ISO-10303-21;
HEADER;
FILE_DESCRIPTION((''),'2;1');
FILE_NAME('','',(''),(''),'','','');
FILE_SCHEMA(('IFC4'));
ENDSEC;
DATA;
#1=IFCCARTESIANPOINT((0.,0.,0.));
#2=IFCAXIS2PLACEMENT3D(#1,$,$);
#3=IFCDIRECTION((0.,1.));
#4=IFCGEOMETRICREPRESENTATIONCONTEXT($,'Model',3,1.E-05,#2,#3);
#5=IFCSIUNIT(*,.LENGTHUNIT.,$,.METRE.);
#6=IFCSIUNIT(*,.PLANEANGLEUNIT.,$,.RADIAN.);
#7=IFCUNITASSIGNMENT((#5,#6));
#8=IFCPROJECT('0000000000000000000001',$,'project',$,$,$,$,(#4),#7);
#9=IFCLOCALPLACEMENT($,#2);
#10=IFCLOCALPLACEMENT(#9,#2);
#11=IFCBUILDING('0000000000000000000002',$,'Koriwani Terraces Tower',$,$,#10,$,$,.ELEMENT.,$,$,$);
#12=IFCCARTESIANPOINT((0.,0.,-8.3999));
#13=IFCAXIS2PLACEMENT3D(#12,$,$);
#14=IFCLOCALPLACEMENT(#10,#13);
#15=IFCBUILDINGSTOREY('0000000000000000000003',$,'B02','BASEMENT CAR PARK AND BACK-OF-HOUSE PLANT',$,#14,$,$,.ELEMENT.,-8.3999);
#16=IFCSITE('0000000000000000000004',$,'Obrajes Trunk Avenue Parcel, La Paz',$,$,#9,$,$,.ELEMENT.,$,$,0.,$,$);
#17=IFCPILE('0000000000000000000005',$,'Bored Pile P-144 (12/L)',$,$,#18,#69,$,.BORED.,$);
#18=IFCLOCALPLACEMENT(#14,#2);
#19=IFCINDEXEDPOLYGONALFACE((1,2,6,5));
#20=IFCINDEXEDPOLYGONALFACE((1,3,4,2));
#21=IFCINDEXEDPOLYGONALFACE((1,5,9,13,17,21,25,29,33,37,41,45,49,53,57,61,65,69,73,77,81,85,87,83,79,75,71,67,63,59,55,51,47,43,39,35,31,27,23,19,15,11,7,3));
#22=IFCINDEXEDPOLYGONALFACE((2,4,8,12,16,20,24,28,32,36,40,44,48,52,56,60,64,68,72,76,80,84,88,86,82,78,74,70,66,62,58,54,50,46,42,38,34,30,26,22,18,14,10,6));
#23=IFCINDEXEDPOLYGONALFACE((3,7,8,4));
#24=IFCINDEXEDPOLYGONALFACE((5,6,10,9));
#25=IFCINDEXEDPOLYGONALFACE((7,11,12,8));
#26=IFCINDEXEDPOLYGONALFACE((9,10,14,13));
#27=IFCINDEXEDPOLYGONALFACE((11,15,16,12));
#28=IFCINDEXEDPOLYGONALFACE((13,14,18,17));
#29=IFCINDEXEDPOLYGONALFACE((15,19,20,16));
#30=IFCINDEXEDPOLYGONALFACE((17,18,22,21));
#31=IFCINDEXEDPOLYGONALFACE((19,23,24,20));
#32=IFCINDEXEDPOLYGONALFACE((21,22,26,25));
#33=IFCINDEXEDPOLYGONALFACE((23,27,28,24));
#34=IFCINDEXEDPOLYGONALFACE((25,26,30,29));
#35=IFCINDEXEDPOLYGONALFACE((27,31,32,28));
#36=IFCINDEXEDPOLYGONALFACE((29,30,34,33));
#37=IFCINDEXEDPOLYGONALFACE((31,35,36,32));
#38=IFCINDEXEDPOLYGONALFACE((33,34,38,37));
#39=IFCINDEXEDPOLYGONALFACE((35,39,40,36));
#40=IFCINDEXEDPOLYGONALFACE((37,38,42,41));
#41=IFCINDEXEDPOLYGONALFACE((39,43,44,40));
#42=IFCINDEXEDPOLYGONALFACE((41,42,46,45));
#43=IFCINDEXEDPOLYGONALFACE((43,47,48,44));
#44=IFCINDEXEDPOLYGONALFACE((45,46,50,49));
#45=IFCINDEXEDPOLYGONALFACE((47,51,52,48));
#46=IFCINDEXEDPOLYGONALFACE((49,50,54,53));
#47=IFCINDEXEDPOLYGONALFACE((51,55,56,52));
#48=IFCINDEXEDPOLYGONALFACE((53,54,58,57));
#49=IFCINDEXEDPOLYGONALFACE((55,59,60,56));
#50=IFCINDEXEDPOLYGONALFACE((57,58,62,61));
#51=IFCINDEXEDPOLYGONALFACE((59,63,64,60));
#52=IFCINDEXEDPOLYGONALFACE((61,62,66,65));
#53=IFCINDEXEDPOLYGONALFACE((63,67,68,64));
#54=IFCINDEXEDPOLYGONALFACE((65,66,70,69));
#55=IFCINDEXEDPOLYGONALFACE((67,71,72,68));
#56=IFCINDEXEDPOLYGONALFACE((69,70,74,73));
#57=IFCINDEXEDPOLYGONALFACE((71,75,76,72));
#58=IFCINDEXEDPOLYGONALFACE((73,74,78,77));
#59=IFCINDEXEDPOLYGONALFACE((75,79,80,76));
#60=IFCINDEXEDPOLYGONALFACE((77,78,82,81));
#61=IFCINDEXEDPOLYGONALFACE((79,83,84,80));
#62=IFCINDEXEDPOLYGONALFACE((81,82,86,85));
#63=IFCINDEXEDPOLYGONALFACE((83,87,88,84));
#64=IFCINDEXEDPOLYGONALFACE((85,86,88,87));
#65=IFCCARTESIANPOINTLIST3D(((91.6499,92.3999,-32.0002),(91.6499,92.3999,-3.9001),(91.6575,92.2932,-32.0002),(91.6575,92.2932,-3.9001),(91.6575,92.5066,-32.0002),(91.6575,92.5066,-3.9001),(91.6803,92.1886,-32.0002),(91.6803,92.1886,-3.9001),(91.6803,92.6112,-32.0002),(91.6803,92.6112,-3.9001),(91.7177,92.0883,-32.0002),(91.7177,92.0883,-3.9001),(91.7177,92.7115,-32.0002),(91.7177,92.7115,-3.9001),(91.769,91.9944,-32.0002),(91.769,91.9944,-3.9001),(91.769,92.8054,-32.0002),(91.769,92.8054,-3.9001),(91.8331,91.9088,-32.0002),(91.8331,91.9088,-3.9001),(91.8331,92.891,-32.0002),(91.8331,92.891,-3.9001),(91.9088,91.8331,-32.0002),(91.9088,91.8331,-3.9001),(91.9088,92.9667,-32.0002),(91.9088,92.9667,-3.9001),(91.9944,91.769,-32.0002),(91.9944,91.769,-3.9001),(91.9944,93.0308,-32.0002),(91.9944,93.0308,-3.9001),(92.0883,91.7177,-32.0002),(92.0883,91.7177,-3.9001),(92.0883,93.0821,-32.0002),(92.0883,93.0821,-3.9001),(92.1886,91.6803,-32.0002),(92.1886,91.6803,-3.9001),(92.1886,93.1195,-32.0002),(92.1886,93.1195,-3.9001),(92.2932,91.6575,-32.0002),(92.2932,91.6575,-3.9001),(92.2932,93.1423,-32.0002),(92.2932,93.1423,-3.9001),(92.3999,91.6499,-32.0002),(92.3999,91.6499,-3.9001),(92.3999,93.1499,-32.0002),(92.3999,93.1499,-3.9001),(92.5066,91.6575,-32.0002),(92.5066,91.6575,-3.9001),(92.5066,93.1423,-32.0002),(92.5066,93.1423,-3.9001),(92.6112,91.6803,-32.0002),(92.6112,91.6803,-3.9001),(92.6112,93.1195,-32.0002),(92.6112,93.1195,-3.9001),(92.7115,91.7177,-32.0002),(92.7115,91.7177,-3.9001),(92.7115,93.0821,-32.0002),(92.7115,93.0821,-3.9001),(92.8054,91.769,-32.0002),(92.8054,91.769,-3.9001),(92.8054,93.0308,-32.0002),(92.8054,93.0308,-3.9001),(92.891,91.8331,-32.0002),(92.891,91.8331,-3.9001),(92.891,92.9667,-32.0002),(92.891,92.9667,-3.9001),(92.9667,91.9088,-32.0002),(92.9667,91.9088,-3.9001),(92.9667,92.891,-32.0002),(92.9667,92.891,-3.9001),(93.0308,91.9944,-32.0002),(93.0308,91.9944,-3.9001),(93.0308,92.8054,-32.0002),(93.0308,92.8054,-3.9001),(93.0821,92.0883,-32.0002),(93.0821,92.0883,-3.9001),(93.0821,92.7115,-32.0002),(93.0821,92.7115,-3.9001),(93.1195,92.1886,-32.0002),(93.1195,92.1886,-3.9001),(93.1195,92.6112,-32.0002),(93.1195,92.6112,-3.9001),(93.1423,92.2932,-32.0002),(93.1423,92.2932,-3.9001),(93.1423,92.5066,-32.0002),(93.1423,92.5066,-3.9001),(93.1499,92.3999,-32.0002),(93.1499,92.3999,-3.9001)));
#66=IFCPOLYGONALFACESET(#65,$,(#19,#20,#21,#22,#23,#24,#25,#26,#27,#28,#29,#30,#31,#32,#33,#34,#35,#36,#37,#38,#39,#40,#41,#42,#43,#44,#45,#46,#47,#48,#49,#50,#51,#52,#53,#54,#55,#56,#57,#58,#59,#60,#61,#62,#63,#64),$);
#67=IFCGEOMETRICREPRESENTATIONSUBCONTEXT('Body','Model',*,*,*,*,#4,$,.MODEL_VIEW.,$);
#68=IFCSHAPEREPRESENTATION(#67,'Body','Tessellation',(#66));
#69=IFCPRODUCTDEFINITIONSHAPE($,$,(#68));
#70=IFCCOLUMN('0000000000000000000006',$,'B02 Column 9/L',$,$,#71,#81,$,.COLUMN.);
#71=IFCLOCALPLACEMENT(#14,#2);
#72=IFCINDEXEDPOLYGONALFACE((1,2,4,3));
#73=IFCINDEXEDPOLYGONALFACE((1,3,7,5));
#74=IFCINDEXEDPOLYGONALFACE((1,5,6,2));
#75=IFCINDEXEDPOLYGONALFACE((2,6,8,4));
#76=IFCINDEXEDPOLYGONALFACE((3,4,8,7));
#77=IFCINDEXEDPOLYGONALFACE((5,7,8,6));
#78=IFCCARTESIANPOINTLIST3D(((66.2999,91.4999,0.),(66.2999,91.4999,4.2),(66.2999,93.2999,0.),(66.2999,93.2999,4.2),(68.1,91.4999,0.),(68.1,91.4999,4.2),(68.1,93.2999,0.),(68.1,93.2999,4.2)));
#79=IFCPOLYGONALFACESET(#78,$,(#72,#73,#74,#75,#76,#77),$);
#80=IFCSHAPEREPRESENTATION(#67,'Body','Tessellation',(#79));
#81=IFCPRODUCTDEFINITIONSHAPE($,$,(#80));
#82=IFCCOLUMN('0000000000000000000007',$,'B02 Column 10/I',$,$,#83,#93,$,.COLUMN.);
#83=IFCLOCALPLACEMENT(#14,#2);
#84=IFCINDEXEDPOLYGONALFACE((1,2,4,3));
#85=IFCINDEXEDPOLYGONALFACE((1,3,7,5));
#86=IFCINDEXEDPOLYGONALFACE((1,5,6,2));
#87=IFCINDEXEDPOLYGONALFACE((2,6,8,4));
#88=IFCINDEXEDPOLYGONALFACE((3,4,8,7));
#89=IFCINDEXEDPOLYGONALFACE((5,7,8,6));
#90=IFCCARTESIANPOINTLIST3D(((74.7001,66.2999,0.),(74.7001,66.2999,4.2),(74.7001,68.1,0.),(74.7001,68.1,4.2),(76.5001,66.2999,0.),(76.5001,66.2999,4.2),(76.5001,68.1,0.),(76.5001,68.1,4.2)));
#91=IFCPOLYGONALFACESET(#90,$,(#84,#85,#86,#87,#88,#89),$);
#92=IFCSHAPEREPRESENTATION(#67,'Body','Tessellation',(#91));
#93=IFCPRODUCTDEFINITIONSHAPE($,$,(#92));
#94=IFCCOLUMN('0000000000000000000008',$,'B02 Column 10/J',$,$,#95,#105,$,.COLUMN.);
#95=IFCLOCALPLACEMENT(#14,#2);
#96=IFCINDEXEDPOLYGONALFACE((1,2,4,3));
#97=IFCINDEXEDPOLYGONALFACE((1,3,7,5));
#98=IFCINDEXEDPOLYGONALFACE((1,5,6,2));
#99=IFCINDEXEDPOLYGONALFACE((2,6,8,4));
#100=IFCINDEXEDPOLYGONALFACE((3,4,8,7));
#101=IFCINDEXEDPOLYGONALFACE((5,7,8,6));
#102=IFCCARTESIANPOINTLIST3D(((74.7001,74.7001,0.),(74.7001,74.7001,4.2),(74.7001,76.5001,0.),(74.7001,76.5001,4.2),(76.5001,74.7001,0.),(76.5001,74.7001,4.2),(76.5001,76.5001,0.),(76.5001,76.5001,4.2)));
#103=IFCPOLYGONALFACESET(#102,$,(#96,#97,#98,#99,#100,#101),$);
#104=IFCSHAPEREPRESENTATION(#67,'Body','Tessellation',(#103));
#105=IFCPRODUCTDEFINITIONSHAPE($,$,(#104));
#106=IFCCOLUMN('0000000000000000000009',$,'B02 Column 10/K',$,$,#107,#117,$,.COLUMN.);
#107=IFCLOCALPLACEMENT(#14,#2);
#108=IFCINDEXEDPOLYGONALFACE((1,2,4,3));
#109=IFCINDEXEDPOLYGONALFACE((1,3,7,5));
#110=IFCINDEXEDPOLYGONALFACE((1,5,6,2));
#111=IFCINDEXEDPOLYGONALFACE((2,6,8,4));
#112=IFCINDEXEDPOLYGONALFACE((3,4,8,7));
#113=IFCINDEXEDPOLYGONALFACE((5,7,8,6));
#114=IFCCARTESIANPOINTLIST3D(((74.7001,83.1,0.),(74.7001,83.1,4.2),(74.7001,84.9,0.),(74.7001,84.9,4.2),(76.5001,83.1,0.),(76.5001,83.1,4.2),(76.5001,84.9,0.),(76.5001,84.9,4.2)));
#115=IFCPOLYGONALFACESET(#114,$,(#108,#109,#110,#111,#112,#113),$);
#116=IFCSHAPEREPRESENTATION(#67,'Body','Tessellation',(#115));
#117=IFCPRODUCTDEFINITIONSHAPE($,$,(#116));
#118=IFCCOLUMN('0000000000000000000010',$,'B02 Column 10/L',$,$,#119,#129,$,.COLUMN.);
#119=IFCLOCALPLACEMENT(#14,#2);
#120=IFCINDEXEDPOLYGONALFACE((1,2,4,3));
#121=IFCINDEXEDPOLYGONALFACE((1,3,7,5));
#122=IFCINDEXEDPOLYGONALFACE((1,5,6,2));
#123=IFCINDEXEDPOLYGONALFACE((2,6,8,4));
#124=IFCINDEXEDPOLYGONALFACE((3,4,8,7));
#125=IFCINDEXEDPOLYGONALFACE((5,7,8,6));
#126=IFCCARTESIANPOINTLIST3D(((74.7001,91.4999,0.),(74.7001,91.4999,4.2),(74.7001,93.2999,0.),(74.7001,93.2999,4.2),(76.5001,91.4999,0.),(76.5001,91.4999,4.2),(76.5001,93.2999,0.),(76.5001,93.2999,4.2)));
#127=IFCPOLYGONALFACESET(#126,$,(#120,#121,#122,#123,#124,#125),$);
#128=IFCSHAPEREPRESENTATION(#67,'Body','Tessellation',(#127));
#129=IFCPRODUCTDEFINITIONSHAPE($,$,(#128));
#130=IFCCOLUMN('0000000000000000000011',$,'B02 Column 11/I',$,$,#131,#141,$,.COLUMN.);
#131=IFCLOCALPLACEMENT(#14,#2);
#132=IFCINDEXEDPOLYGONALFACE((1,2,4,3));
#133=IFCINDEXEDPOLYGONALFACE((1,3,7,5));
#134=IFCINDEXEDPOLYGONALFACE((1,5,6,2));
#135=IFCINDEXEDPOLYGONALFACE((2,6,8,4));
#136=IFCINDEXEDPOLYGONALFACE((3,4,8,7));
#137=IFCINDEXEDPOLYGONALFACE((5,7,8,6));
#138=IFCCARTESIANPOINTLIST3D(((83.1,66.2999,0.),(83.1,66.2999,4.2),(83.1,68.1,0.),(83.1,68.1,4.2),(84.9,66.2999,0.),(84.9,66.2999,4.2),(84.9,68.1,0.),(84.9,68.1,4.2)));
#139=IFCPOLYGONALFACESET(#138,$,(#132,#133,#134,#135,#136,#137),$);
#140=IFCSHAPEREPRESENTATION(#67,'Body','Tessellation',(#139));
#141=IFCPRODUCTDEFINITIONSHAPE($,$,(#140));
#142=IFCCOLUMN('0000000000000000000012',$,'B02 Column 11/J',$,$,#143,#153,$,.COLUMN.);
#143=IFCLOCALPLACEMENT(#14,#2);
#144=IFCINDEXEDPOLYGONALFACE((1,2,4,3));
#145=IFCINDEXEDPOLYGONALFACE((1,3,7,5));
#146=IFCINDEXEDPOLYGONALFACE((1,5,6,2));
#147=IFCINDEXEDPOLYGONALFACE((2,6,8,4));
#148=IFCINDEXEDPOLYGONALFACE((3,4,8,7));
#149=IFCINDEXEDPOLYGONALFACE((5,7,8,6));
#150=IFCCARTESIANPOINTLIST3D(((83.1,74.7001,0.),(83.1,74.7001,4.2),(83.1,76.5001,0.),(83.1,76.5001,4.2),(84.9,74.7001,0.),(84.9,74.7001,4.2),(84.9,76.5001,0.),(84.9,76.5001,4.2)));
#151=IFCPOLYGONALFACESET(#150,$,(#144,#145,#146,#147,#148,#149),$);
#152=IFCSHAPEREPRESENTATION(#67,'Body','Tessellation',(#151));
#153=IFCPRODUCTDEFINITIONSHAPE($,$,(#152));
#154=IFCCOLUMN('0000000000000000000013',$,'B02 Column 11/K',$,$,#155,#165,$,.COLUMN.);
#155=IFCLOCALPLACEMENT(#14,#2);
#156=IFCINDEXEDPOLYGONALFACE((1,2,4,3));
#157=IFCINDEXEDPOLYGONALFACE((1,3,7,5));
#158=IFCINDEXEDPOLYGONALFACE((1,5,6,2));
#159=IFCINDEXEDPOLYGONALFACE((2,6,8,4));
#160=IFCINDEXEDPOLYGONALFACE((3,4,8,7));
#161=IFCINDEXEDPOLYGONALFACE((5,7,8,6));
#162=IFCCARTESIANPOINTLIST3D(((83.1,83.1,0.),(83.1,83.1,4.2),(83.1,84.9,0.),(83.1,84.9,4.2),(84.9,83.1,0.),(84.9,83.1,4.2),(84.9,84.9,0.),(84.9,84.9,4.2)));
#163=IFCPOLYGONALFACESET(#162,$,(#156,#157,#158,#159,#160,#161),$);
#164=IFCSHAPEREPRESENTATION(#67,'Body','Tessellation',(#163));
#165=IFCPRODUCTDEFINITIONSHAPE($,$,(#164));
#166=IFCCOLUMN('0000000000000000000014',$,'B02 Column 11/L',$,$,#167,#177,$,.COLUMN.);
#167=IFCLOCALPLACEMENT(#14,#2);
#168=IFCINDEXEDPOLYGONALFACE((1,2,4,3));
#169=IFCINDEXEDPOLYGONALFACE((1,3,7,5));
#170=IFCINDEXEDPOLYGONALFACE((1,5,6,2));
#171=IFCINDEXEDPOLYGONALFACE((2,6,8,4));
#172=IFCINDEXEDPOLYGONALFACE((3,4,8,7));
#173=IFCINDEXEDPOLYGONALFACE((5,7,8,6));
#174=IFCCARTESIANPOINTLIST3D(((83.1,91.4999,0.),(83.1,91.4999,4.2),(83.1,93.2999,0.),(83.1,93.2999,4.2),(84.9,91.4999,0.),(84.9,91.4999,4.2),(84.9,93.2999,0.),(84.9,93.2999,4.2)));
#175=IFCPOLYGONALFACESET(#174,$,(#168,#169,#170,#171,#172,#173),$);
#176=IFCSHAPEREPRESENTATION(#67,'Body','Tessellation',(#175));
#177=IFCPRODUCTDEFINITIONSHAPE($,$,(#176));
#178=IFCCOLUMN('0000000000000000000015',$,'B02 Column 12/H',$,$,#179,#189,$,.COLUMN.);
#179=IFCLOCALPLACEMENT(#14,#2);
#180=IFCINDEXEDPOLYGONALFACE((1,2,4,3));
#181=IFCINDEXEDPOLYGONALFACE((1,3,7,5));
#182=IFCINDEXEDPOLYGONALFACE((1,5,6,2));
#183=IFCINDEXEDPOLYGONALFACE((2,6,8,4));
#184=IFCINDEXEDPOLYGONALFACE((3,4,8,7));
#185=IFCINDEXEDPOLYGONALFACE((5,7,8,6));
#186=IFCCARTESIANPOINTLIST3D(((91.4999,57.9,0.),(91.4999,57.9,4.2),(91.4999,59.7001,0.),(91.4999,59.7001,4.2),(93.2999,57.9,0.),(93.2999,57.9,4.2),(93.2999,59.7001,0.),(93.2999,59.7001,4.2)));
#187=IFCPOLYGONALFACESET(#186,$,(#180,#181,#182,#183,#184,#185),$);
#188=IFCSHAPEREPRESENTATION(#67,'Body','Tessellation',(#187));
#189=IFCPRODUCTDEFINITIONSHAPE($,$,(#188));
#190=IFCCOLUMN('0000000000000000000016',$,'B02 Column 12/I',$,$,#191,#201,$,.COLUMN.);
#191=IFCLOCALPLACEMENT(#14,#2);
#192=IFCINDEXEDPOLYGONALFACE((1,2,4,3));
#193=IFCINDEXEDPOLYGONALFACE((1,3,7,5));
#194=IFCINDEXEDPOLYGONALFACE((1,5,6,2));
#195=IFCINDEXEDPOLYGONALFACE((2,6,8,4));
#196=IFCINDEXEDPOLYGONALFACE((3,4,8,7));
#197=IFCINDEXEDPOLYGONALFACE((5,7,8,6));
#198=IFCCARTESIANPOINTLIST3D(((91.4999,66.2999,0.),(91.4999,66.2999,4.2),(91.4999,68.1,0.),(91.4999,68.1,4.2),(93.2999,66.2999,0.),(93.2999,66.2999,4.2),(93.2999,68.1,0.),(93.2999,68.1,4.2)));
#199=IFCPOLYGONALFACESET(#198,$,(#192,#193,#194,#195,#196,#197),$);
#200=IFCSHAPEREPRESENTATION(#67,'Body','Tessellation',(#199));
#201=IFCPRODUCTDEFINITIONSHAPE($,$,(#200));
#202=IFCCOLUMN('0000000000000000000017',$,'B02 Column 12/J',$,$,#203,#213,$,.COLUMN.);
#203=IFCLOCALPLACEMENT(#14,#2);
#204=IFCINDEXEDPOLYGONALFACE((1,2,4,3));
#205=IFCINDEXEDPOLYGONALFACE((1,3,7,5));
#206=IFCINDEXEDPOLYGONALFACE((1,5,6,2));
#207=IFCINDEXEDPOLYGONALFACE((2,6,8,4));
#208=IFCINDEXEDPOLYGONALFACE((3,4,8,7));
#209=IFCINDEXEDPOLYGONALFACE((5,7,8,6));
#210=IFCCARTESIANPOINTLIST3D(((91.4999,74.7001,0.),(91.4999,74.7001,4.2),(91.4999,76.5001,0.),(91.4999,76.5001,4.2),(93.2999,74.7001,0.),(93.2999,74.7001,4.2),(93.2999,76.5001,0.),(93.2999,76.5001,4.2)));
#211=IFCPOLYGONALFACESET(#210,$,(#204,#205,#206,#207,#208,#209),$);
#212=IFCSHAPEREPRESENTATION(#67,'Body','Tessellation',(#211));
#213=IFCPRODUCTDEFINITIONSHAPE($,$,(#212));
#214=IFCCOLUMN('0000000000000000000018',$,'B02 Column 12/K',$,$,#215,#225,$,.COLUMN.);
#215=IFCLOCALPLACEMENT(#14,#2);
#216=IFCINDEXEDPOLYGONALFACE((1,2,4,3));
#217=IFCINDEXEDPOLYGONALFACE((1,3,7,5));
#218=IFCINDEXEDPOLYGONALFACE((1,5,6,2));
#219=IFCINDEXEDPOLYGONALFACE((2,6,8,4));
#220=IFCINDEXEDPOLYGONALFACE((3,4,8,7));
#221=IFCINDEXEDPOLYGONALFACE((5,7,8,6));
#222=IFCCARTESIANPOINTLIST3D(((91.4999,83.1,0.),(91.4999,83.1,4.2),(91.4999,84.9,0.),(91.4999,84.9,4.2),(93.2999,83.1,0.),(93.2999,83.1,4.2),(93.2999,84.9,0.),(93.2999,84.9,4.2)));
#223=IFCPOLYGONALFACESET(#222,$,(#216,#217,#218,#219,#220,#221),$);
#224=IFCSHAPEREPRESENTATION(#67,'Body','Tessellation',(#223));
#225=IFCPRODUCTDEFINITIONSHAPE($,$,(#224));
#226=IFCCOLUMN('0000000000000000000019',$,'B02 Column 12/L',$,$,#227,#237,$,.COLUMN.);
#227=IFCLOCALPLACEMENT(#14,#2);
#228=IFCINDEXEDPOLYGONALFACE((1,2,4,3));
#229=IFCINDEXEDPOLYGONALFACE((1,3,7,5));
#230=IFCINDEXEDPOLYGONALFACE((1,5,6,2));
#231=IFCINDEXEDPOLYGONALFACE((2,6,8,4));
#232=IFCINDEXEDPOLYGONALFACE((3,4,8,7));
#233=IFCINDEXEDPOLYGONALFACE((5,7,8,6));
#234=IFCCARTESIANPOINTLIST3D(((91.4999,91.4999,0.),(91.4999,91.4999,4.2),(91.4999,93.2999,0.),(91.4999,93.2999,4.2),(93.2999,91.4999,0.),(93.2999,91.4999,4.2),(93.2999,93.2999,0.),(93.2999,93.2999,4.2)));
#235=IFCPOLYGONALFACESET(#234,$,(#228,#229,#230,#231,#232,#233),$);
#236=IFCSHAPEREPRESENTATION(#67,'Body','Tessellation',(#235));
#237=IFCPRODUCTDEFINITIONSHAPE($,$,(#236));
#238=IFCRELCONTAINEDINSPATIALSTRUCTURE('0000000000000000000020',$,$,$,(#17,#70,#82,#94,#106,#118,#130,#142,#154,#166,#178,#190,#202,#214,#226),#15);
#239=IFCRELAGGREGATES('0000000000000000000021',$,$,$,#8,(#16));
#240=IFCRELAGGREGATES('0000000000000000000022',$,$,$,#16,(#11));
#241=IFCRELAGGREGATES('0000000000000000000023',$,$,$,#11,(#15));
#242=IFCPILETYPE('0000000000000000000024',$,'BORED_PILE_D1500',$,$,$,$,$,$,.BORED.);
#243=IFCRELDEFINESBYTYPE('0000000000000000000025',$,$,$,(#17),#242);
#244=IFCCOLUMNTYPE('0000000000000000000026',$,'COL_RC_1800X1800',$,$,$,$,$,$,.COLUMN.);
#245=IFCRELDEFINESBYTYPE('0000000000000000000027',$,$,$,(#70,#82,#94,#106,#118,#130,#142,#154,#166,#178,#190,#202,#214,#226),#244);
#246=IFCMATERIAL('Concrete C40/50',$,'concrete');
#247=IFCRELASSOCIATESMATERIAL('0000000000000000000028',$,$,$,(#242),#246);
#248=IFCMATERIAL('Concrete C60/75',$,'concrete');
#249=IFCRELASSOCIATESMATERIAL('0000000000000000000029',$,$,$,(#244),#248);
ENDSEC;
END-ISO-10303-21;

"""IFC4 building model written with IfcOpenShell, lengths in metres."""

from ifc_helpers import new_model, si_unit, direction, frame, origin, origin_2d, place, context, subcontext, project, spatial, rectangle, circle, extrude, material, material_profile, profile_set, type_object, element, save


model = new_model("IFC4")

# Units and contexts
model_context = context("Model", 3, precision=1e-05, world=origin(), true_north=direction((0.0, 1.0)))
body_context = subcontext(model_context, "Body", "Model", "MODEL_VIEW")
ifc_project = project(units=[si_unit("LENGTHUNIT", "METRE"), si_unit("PLANEANGLEUNIT", "RADIAN")], contexts=[model_context])

# Site, building, storey
site_placement = place(None, origin())
site = spatial("IfcSite", under=ifc_project, at=site_placement, Name="Obrajes Trunk Avenue Parcel, La Paz", CompositionType="ELEMENT", RefElevation=0.0)
building_placement = place(site_placement, origin())
building = spatial("IfcBuilding", under=site, at=building_placement, Name="Koriwani Terraces Tower", CompositionType="ELEMENT")
storey_placement = place(building_placement, frame((0.0, 0.0, -8.3999)))
storey = spatial("IfcBuildingStorey", under=building, at=storey_placement, Name="B02", Description="BASEMENT CAR PARK AND BACK-OF-HOUSE PLANT", CompositionType="ELEMENT", Elevation=-8.3999)

# Pile
ifc_material_1 = material(Name="Concrete C40/50", Category="concrete")
ifc_material_profile_1 = material_profile(ifc_material_1, circle(Radius=0.75, at=origin_2d()), Name="Concrete C40/50")
ifc_profile_set_1 = profile_set([ifc_material_profile_1], Name="Concrete C40/50")
pile_type = type_object("IfcPileType", Name="BORED_PILE_D1500", PredefinedType="BORED", material=ifc_profile_set_1)
for number, where, z_axis, x_axis, name in (
    (1, (92.3999, 92.3999, -3.9001), (0.0, 0.0, -1.0), (1.0, 0.0, 0.0), "Bored Pile P-144 (12/L)"),
):
    element("IfcPile", number, at=place(storey_placement, frame(where, z_axis=z_axis, x_axis=x_axis)), inside=storey, type_object=pile_type, Name=name, PredefinedType="BORED", context=body_context, shape_type="SweptSolid", body=[
        extrude(circle(Radius=0.75, at=origin_2d()), origin(), (0.0, 0.0, 1.0), 28.1001),
    ])

# Columns
ifc_material_2 = material(Name="Concrete C60/75", Category="concrete")
ifc_material_profile_2 = material_profile(ifc_material_2, rectangle(XDim=1.8, YDim=1.8, at=origin_2d()), Name="Concrete C60/75", Category="LoadBearing")
ifc_profile_set_2 = profile_set([ifc_material_profile_2], Name="Concrete C60/75")
column_type = type_object("IfcColumnType", Name="COL_RC_1800X1800", PredefinedType="COLUMN", material=ifc_profile_set_2)
for number, where, z_axis, x_axis, name in (
    (2, (67.2, 92.3999, 0.0), (0.0, 0.0, 1.0), (1.0, 0.0, 0.0), "B02 Column 9/L"),
    (3, (75.6001, 67.2, 0.0), (0.0, 0.0, 1.0), (1.0, 0.0, 0.0), "B02 Column 10/I"),
    (4, (75.6001, 75.6001, 0.0), (0.0, 0.0, 1.0), (1.0, 0.0, 0.0), "B02 Column 10/J"),
    (5, (75.6001, 84.0, 0.0), (0.0, 0.0, 1.0), (1.0, 0.0, 0.0), "B02 Column 10/K"),
    (6, (75.6001, 92.3999, 0.0), (0.0, 0.0, 1.0), (1.0, 0.0, 0.0), "B02 Column 10/L"),
    (7, (84.0, 67.2, 0.0), (0.0, 0.0, 1.0), (1.0, 0.0, 0.0), "B02 Column 11/I"),
    (8, (84.0, 75.6001, 0.0), (0.0, 0.0, 1.0), (1.0, 0.0, 0.0), "B02 Column 11/J"),
    (9, (84.0, 84.0, 0.0), (0.0, 0.0, 1.0), (1.0, 0.0, 0.0), "B02 Column 11/K"),
    (10, (84.0, 92.3999, 0.0), (0.0, 0.0, 1.0), (1.0, 0.0, 0.0), "B02 Column 11/L"),
    (11, (92.3999, 58.8, 0.0), (0.0, 0.0, 1.0), (1.0, 0.0, 0.0), "B02 Column 12/H"),
    (12, (92.3999, 67.2, 0.0), (0.0, 0.0, 1.0), (1.0, 0.0, 0.0), "B02 Column 12/I"),
    (13, (92.3999, 75.6001, 0.0), (0.0, 0.0, 1.0), (1.0, 0.0, 0.0), "B02 Column 12/J"),
    (14, (92.3999, 84.0, 0.0), (0.0, 0.0, 1.0), (1.0, 0.0, 0.0), "B02 Column 12/K"),
    (15, (92.3999, 92.3999, 0.0), (0.0, 0.0, 1.0), (1.0, 0.0, 0.0), "B02 Column 12/L"),
):
    element("IfcColumn", number, at=place(storey_placement, frame(where, z_axis=z_axis, x_axis=x_axis)), inside=storey, type_object=column_type, Name=name, PredefinedType="COLUMN", context=body_context, shape_type="SweptSolid", body=[
        extrude(rectangle(XDim=1.8, YDim=1.8, at=origin_2d()), origin(), (0.0, 0.0, 1.0), 4.2),
    ])

save(model, "model.ifc")
